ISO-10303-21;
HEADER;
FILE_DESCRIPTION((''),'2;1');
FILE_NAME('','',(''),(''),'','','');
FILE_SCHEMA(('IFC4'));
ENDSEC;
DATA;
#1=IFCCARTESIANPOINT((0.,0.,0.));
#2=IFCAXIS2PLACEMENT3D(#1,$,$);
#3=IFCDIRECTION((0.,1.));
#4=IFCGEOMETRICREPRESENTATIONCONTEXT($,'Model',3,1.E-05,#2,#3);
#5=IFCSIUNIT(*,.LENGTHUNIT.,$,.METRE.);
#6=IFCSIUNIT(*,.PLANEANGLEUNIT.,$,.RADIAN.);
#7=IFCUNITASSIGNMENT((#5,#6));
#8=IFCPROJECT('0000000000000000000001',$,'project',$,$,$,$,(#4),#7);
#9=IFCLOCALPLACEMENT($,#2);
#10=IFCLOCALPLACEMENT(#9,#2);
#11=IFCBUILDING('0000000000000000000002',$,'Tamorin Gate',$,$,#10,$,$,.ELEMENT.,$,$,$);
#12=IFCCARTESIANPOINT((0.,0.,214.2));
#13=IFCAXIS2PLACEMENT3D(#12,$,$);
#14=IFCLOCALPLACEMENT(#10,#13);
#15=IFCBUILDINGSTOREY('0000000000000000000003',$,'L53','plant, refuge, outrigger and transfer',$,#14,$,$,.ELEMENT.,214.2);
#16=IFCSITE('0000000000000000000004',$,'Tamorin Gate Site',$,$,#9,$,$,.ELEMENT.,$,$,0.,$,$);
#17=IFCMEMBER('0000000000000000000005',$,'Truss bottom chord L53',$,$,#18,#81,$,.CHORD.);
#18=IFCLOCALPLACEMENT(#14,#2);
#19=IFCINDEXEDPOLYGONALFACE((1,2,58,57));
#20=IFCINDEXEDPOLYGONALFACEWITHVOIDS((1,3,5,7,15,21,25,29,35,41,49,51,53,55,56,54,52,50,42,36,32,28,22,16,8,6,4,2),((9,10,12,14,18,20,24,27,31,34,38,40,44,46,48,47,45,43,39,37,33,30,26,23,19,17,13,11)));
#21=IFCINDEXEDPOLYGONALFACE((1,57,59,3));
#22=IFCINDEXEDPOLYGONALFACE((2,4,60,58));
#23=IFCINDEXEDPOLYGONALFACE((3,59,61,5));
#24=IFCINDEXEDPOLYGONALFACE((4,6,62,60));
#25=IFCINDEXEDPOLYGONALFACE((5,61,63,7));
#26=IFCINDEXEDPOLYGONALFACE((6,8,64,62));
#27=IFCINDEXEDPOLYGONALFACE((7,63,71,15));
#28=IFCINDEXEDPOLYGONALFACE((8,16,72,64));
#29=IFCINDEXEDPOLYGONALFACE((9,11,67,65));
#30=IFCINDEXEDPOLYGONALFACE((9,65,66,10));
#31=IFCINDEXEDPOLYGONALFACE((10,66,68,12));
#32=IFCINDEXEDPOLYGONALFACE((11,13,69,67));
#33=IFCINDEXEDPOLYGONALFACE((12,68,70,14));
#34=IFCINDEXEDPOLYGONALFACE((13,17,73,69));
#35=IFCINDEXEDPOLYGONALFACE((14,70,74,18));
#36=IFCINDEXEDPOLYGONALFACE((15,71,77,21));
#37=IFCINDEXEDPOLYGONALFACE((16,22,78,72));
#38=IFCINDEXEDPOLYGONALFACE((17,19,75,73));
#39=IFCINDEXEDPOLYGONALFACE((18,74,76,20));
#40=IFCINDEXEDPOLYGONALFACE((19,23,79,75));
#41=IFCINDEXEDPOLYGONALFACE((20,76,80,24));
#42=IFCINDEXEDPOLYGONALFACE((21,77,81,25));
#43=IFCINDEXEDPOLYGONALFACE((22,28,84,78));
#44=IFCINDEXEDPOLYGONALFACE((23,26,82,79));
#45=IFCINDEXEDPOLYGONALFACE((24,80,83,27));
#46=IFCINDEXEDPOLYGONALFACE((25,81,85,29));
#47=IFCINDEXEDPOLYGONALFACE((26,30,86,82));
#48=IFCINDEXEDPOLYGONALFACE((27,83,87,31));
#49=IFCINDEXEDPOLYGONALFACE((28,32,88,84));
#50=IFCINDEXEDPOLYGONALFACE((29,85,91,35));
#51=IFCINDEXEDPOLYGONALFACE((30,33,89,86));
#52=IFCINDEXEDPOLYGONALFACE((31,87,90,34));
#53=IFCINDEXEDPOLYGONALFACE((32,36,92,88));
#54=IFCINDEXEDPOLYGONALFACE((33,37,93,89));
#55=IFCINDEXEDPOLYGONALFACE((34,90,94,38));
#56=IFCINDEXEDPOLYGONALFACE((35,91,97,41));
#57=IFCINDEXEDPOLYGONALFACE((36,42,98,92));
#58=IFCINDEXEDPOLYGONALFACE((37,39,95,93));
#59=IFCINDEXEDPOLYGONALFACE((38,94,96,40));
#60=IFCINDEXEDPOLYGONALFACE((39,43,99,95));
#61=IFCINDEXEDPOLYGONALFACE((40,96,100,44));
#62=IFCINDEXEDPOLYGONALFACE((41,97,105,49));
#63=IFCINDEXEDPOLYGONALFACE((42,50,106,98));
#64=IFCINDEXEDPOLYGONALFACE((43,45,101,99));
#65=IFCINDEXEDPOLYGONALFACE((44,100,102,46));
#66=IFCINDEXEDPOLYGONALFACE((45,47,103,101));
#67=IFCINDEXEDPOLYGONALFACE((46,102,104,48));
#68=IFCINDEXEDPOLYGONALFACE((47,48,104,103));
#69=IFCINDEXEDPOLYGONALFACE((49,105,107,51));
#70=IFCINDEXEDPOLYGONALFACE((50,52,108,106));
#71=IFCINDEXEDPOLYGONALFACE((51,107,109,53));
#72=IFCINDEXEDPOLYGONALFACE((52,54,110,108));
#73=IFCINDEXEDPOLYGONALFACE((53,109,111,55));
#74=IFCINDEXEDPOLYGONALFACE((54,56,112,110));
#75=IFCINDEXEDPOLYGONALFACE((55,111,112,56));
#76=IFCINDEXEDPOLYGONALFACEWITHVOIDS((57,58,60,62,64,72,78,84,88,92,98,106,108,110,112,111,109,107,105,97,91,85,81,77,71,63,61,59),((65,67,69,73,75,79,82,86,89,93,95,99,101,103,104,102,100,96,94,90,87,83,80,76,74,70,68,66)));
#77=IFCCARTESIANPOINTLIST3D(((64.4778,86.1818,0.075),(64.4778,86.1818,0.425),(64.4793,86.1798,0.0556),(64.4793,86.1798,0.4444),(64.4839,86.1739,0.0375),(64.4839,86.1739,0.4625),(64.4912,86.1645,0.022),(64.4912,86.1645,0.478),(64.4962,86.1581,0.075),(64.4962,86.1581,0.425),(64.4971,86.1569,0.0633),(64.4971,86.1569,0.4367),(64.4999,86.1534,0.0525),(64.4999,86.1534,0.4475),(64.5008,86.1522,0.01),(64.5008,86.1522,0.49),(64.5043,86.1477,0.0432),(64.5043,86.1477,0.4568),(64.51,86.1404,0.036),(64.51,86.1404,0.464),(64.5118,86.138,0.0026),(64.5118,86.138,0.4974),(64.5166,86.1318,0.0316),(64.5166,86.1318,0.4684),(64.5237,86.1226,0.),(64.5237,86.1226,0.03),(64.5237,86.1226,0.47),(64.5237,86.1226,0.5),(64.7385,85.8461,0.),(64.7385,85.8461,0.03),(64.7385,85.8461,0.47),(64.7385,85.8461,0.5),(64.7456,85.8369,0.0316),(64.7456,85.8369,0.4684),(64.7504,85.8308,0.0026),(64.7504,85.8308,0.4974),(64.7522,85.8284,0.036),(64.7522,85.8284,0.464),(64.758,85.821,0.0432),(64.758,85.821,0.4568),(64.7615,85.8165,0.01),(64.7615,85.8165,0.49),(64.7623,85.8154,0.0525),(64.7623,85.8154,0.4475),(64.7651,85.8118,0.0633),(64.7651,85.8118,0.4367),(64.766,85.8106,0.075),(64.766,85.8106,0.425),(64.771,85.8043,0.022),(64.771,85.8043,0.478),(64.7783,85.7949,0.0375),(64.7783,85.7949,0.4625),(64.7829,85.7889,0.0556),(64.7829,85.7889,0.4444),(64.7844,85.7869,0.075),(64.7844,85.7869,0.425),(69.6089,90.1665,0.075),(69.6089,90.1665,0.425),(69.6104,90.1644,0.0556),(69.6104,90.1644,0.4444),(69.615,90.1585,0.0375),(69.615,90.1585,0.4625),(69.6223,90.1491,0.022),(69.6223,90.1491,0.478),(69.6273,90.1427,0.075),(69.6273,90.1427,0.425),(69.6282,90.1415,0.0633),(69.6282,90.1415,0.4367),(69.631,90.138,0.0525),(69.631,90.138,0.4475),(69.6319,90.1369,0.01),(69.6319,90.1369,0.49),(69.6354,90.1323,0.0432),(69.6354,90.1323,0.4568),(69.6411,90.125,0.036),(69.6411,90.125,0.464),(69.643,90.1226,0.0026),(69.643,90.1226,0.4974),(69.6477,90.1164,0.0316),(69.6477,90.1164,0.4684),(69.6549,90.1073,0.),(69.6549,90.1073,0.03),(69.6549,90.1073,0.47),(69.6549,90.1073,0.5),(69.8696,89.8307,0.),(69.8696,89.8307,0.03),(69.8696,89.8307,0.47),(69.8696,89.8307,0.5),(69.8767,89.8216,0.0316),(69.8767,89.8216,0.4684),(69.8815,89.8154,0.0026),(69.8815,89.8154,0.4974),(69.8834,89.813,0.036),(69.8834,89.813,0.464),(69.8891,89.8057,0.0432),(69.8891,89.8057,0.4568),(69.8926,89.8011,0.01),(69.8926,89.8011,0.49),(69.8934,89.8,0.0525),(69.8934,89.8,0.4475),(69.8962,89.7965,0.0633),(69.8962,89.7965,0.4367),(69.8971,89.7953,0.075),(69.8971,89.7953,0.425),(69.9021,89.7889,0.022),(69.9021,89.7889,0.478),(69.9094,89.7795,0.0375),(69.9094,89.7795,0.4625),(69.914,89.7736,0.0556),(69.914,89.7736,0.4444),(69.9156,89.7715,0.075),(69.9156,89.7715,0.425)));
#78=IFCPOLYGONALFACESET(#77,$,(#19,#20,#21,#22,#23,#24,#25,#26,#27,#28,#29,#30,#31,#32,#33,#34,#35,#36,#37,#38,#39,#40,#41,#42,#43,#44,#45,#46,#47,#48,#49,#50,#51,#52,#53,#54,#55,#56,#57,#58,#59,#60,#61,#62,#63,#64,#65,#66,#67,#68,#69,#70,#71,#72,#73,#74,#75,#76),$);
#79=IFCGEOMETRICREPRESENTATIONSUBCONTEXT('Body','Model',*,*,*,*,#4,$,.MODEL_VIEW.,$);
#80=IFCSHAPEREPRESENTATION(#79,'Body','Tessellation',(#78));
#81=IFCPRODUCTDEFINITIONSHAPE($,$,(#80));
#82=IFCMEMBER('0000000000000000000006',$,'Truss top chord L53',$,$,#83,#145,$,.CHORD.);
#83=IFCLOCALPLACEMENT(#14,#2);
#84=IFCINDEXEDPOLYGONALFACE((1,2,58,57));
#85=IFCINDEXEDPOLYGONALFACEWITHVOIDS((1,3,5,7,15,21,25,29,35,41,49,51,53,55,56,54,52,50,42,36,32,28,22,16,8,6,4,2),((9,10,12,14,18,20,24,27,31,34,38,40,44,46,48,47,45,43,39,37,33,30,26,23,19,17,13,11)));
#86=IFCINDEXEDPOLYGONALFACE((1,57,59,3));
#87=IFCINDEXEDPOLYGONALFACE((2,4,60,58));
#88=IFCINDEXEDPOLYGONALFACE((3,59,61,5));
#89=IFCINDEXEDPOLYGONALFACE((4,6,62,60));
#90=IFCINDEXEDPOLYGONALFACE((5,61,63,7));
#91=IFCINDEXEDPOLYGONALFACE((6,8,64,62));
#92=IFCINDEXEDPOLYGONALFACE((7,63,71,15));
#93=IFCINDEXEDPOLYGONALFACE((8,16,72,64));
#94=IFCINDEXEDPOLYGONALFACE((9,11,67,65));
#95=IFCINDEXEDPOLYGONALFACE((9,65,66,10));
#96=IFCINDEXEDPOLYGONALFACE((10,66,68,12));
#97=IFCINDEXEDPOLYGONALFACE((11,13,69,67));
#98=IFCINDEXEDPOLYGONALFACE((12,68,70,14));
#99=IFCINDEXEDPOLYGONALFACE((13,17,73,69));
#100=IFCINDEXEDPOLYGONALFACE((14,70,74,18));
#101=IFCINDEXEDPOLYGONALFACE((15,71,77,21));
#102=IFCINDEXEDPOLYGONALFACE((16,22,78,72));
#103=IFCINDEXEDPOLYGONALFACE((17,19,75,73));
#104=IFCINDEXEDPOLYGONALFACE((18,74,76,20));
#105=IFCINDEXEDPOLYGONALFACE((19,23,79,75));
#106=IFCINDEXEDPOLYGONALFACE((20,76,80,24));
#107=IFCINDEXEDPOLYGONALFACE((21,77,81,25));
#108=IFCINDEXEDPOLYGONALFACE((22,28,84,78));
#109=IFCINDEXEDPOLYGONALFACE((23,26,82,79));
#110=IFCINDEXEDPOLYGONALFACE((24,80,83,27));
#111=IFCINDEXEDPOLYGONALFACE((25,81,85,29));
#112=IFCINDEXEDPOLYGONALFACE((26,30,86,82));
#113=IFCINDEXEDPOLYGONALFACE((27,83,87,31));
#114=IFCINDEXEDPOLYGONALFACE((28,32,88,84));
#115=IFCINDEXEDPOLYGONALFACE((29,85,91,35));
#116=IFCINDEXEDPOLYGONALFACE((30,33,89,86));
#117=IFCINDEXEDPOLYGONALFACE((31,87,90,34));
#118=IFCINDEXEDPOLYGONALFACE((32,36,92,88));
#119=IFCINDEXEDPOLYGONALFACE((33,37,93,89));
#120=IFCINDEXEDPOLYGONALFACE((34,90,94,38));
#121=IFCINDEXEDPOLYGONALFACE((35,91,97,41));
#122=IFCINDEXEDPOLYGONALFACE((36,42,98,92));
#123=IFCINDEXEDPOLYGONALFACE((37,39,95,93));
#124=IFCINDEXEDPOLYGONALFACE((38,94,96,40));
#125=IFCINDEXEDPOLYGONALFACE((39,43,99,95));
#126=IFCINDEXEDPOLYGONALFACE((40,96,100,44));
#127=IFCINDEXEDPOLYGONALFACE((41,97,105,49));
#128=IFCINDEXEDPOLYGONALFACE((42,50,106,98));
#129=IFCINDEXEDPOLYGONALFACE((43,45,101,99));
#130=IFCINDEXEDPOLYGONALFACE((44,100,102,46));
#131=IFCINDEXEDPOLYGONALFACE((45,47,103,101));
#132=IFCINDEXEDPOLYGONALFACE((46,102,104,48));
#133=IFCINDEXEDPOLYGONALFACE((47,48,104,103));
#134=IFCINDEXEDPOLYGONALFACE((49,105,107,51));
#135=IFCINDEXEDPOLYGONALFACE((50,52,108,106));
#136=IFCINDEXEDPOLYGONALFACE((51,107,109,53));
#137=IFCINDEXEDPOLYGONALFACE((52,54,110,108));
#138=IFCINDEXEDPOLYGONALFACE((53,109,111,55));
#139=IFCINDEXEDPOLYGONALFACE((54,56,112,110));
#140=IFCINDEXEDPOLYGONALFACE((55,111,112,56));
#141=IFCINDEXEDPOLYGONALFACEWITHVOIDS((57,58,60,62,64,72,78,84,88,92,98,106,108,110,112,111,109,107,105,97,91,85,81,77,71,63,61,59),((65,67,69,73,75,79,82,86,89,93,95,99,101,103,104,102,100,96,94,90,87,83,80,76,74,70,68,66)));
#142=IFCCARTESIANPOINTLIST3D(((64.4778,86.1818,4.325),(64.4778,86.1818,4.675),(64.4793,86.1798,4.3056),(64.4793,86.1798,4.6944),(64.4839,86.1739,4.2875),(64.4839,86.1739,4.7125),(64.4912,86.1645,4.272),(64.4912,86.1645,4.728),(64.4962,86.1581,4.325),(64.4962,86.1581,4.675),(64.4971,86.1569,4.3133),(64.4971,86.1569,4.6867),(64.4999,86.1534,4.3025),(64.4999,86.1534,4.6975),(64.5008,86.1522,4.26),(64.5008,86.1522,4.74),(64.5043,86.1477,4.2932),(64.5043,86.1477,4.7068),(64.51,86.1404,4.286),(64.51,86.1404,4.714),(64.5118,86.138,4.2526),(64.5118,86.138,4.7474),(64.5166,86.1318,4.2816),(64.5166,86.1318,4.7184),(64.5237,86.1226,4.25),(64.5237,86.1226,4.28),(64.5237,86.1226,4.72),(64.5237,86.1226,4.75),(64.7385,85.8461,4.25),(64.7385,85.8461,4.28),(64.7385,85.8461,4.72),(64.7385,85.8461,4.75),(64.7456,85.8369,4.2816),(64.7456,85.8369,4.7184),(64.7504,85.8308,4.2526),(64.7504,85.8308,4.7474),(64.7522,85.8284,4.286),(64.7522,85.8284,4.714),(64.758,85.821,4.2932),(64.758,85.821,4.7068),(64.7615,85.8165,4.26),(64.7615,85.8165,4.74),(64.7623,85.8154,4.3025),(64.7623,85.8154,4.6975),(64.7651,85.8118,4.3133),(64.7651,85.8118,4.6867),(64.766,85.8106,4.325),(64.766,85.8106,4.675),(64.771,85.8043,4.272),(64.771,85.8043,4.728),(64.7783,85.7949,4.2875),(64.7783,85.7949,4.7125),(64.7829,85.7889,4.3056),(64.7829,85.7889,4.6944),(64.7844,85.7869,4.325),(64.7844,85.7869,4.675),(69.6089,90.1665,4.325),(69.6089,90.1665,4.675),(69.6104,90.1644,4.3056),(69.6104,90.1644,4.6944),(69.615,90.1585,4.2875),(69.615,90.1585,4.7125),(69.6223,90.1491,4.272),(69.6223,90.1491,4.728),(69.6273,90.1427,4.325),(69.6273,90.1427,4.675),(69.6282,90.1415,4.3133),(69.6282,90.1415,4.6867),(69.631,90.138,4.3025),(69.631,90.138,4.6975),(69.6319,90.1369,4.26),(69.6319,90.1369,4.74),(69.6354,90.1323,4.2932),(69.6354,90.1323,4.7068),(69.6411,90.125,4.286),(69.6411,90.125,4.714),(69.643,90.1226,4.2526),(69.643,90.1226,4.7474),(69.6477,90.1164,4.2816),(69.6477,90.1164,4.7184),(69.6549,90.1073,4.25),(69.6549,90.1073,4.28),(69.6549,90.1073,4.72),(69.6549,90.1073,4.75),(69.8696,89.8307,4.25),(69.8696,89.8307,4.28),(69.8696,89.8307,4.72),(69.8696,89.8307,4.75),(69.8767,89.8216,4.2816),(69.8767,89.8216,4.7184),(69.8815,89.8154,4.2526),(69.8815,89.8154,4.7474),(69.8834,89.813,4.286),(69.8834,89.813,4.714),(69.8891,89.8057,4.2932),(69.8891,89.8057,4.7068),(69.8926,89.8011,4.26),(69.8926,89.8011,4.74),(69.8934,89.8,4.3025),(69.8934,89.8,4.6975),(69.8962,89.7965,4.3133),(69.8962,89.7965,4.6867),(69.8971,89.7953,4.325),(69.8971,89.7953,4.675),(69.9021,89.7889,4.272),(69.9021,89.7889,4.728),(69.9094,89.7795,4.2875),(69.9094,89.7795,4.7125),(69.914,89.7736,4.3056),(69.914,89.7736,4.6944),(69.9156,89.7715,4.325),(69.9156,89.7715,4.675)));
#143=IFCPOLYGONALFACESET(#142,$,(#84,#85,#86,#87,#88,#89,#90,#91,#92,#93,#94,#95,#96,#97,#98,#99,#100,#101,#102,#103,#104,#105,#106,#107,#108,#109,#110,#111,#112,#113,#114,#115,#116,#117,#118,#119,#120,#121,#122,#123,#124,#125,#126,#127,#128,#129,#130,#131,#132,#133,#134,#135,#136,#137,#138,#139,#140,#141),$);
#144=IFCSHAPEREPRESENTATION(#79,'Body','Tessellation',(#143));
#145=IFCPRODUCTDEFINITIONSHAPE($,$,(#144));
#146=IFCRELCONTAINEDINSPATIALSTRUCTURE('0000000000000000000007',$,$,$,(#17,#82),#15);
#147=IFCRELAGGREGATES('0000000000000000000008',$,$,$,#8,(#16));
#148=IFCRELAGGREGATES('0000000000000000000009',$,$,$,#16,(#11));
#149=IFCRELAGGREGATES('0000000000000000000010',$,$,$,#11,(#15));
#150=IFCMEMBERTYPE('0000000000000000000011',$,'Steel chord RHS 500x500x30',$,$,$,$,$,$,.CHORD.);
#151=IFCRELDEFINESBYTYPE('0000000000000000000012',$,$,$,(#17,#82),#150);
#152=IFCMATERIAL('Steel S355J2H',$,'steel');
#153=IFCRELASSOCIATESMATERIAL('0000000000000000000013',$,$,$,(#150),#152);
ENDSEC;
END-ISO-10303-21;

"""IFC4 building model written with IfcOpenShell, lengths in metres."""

from ifc_helpers import new_model, si_unit, direction, frame, origin, origin_2d, place, context, subcontext, project, spatial, hollow_rectangle, extrude, material, material_profile, profile_set, type_object, element, save


model = new_model("IFC4")

# Units and contexts
model_context = context("Model", 3, precision=1e-05, world=origin(), true_north=direction((0.0, 1.0)))
body_context = subcontext(model_context, "Body", "Model", "MODEL_VIEW")
ifc_project = project(units=[si_unit("LENGTHUNIT", "METRE"), si_unit("PLANEANGLEUNIT", "RADIAN")], contexts=[model_context])

# Site, building, storey
site_placement = place(None, origin())
site = spatial("IfcSite", under=ifc_project, at=site_placement, Name="Tamorin Gate Site", CompositionType="ELEMENT", RefElevation=0.0)
building_placement = place(site_placement, origin())
building = spatial("IfcBuilding", under=site, at=building_placement, Name="Tamorin Gate", CompositionType="ELEMENT")
storey_placement = place(building_placement, frame((0.0, 0.0, 214.2)))
storey = spatial("IfcBuildingStorey", under=building, at=storey_placement, Name="L53", Description="plant, refuge, outrigger and transfer", CompositionType="ELEMENT", Elevation=214.2)

# Members
ifc_material_1 = material(Name="Steel S355J2H", Category="steel")
ifc_material_profile_1 = material_profile(ifc_material_1, hollow_rectangle(XDim=0.5, YDim=0.5, WallThickness=0.03, InnerFilletRadius=0.0449, OuterFilletRadius=0.075, at=origin_2d()), Name="RHS 500x500x30")
ifc_profile_set_1 = profile_set([ifc_material_profile_1], Name="Steel S355J2H")
member_type_1 = type_object("IfcMemberType", Name="Steel chord RHS 500x500x30", PredefinedType="CHORD", material=ifc_profile_set_1)
for number, where, z_axis, x_axis, name in (
    (1, (64.6311, 85.9844, 0.25), (0.789817, 0.613342, 0.0), (-0.613342, 0.789817, 0.0), "Truss bottom chord L53"),
    (2, (64.6311, 85.9844, 4.5), (0.789817, 0.613342, 0.0), (-0.613342, 0.789817, 0.0), "Truss top chord L53"),
):
    element("IfcMember", number, at=place(storey_placement, frame(where, z_axis=z_axis, x_axis=x_axis)), inside=storey, type_object=member_type_1, Name=name, PredefinedType="CHORD", context=body_context, shape_type="SweptSolid", body=[
        extrude(hollow_rectangle(XDim=0.5, YDim=0.5, WallThickness=0.03, InnerFilletRadius=0.0449, OuterFilletRadius=0.075, at=origin_2d()), origin(), (0.0, 0.0, 1.0), 6.4966),
    ])

save(model, "model.ifc")
